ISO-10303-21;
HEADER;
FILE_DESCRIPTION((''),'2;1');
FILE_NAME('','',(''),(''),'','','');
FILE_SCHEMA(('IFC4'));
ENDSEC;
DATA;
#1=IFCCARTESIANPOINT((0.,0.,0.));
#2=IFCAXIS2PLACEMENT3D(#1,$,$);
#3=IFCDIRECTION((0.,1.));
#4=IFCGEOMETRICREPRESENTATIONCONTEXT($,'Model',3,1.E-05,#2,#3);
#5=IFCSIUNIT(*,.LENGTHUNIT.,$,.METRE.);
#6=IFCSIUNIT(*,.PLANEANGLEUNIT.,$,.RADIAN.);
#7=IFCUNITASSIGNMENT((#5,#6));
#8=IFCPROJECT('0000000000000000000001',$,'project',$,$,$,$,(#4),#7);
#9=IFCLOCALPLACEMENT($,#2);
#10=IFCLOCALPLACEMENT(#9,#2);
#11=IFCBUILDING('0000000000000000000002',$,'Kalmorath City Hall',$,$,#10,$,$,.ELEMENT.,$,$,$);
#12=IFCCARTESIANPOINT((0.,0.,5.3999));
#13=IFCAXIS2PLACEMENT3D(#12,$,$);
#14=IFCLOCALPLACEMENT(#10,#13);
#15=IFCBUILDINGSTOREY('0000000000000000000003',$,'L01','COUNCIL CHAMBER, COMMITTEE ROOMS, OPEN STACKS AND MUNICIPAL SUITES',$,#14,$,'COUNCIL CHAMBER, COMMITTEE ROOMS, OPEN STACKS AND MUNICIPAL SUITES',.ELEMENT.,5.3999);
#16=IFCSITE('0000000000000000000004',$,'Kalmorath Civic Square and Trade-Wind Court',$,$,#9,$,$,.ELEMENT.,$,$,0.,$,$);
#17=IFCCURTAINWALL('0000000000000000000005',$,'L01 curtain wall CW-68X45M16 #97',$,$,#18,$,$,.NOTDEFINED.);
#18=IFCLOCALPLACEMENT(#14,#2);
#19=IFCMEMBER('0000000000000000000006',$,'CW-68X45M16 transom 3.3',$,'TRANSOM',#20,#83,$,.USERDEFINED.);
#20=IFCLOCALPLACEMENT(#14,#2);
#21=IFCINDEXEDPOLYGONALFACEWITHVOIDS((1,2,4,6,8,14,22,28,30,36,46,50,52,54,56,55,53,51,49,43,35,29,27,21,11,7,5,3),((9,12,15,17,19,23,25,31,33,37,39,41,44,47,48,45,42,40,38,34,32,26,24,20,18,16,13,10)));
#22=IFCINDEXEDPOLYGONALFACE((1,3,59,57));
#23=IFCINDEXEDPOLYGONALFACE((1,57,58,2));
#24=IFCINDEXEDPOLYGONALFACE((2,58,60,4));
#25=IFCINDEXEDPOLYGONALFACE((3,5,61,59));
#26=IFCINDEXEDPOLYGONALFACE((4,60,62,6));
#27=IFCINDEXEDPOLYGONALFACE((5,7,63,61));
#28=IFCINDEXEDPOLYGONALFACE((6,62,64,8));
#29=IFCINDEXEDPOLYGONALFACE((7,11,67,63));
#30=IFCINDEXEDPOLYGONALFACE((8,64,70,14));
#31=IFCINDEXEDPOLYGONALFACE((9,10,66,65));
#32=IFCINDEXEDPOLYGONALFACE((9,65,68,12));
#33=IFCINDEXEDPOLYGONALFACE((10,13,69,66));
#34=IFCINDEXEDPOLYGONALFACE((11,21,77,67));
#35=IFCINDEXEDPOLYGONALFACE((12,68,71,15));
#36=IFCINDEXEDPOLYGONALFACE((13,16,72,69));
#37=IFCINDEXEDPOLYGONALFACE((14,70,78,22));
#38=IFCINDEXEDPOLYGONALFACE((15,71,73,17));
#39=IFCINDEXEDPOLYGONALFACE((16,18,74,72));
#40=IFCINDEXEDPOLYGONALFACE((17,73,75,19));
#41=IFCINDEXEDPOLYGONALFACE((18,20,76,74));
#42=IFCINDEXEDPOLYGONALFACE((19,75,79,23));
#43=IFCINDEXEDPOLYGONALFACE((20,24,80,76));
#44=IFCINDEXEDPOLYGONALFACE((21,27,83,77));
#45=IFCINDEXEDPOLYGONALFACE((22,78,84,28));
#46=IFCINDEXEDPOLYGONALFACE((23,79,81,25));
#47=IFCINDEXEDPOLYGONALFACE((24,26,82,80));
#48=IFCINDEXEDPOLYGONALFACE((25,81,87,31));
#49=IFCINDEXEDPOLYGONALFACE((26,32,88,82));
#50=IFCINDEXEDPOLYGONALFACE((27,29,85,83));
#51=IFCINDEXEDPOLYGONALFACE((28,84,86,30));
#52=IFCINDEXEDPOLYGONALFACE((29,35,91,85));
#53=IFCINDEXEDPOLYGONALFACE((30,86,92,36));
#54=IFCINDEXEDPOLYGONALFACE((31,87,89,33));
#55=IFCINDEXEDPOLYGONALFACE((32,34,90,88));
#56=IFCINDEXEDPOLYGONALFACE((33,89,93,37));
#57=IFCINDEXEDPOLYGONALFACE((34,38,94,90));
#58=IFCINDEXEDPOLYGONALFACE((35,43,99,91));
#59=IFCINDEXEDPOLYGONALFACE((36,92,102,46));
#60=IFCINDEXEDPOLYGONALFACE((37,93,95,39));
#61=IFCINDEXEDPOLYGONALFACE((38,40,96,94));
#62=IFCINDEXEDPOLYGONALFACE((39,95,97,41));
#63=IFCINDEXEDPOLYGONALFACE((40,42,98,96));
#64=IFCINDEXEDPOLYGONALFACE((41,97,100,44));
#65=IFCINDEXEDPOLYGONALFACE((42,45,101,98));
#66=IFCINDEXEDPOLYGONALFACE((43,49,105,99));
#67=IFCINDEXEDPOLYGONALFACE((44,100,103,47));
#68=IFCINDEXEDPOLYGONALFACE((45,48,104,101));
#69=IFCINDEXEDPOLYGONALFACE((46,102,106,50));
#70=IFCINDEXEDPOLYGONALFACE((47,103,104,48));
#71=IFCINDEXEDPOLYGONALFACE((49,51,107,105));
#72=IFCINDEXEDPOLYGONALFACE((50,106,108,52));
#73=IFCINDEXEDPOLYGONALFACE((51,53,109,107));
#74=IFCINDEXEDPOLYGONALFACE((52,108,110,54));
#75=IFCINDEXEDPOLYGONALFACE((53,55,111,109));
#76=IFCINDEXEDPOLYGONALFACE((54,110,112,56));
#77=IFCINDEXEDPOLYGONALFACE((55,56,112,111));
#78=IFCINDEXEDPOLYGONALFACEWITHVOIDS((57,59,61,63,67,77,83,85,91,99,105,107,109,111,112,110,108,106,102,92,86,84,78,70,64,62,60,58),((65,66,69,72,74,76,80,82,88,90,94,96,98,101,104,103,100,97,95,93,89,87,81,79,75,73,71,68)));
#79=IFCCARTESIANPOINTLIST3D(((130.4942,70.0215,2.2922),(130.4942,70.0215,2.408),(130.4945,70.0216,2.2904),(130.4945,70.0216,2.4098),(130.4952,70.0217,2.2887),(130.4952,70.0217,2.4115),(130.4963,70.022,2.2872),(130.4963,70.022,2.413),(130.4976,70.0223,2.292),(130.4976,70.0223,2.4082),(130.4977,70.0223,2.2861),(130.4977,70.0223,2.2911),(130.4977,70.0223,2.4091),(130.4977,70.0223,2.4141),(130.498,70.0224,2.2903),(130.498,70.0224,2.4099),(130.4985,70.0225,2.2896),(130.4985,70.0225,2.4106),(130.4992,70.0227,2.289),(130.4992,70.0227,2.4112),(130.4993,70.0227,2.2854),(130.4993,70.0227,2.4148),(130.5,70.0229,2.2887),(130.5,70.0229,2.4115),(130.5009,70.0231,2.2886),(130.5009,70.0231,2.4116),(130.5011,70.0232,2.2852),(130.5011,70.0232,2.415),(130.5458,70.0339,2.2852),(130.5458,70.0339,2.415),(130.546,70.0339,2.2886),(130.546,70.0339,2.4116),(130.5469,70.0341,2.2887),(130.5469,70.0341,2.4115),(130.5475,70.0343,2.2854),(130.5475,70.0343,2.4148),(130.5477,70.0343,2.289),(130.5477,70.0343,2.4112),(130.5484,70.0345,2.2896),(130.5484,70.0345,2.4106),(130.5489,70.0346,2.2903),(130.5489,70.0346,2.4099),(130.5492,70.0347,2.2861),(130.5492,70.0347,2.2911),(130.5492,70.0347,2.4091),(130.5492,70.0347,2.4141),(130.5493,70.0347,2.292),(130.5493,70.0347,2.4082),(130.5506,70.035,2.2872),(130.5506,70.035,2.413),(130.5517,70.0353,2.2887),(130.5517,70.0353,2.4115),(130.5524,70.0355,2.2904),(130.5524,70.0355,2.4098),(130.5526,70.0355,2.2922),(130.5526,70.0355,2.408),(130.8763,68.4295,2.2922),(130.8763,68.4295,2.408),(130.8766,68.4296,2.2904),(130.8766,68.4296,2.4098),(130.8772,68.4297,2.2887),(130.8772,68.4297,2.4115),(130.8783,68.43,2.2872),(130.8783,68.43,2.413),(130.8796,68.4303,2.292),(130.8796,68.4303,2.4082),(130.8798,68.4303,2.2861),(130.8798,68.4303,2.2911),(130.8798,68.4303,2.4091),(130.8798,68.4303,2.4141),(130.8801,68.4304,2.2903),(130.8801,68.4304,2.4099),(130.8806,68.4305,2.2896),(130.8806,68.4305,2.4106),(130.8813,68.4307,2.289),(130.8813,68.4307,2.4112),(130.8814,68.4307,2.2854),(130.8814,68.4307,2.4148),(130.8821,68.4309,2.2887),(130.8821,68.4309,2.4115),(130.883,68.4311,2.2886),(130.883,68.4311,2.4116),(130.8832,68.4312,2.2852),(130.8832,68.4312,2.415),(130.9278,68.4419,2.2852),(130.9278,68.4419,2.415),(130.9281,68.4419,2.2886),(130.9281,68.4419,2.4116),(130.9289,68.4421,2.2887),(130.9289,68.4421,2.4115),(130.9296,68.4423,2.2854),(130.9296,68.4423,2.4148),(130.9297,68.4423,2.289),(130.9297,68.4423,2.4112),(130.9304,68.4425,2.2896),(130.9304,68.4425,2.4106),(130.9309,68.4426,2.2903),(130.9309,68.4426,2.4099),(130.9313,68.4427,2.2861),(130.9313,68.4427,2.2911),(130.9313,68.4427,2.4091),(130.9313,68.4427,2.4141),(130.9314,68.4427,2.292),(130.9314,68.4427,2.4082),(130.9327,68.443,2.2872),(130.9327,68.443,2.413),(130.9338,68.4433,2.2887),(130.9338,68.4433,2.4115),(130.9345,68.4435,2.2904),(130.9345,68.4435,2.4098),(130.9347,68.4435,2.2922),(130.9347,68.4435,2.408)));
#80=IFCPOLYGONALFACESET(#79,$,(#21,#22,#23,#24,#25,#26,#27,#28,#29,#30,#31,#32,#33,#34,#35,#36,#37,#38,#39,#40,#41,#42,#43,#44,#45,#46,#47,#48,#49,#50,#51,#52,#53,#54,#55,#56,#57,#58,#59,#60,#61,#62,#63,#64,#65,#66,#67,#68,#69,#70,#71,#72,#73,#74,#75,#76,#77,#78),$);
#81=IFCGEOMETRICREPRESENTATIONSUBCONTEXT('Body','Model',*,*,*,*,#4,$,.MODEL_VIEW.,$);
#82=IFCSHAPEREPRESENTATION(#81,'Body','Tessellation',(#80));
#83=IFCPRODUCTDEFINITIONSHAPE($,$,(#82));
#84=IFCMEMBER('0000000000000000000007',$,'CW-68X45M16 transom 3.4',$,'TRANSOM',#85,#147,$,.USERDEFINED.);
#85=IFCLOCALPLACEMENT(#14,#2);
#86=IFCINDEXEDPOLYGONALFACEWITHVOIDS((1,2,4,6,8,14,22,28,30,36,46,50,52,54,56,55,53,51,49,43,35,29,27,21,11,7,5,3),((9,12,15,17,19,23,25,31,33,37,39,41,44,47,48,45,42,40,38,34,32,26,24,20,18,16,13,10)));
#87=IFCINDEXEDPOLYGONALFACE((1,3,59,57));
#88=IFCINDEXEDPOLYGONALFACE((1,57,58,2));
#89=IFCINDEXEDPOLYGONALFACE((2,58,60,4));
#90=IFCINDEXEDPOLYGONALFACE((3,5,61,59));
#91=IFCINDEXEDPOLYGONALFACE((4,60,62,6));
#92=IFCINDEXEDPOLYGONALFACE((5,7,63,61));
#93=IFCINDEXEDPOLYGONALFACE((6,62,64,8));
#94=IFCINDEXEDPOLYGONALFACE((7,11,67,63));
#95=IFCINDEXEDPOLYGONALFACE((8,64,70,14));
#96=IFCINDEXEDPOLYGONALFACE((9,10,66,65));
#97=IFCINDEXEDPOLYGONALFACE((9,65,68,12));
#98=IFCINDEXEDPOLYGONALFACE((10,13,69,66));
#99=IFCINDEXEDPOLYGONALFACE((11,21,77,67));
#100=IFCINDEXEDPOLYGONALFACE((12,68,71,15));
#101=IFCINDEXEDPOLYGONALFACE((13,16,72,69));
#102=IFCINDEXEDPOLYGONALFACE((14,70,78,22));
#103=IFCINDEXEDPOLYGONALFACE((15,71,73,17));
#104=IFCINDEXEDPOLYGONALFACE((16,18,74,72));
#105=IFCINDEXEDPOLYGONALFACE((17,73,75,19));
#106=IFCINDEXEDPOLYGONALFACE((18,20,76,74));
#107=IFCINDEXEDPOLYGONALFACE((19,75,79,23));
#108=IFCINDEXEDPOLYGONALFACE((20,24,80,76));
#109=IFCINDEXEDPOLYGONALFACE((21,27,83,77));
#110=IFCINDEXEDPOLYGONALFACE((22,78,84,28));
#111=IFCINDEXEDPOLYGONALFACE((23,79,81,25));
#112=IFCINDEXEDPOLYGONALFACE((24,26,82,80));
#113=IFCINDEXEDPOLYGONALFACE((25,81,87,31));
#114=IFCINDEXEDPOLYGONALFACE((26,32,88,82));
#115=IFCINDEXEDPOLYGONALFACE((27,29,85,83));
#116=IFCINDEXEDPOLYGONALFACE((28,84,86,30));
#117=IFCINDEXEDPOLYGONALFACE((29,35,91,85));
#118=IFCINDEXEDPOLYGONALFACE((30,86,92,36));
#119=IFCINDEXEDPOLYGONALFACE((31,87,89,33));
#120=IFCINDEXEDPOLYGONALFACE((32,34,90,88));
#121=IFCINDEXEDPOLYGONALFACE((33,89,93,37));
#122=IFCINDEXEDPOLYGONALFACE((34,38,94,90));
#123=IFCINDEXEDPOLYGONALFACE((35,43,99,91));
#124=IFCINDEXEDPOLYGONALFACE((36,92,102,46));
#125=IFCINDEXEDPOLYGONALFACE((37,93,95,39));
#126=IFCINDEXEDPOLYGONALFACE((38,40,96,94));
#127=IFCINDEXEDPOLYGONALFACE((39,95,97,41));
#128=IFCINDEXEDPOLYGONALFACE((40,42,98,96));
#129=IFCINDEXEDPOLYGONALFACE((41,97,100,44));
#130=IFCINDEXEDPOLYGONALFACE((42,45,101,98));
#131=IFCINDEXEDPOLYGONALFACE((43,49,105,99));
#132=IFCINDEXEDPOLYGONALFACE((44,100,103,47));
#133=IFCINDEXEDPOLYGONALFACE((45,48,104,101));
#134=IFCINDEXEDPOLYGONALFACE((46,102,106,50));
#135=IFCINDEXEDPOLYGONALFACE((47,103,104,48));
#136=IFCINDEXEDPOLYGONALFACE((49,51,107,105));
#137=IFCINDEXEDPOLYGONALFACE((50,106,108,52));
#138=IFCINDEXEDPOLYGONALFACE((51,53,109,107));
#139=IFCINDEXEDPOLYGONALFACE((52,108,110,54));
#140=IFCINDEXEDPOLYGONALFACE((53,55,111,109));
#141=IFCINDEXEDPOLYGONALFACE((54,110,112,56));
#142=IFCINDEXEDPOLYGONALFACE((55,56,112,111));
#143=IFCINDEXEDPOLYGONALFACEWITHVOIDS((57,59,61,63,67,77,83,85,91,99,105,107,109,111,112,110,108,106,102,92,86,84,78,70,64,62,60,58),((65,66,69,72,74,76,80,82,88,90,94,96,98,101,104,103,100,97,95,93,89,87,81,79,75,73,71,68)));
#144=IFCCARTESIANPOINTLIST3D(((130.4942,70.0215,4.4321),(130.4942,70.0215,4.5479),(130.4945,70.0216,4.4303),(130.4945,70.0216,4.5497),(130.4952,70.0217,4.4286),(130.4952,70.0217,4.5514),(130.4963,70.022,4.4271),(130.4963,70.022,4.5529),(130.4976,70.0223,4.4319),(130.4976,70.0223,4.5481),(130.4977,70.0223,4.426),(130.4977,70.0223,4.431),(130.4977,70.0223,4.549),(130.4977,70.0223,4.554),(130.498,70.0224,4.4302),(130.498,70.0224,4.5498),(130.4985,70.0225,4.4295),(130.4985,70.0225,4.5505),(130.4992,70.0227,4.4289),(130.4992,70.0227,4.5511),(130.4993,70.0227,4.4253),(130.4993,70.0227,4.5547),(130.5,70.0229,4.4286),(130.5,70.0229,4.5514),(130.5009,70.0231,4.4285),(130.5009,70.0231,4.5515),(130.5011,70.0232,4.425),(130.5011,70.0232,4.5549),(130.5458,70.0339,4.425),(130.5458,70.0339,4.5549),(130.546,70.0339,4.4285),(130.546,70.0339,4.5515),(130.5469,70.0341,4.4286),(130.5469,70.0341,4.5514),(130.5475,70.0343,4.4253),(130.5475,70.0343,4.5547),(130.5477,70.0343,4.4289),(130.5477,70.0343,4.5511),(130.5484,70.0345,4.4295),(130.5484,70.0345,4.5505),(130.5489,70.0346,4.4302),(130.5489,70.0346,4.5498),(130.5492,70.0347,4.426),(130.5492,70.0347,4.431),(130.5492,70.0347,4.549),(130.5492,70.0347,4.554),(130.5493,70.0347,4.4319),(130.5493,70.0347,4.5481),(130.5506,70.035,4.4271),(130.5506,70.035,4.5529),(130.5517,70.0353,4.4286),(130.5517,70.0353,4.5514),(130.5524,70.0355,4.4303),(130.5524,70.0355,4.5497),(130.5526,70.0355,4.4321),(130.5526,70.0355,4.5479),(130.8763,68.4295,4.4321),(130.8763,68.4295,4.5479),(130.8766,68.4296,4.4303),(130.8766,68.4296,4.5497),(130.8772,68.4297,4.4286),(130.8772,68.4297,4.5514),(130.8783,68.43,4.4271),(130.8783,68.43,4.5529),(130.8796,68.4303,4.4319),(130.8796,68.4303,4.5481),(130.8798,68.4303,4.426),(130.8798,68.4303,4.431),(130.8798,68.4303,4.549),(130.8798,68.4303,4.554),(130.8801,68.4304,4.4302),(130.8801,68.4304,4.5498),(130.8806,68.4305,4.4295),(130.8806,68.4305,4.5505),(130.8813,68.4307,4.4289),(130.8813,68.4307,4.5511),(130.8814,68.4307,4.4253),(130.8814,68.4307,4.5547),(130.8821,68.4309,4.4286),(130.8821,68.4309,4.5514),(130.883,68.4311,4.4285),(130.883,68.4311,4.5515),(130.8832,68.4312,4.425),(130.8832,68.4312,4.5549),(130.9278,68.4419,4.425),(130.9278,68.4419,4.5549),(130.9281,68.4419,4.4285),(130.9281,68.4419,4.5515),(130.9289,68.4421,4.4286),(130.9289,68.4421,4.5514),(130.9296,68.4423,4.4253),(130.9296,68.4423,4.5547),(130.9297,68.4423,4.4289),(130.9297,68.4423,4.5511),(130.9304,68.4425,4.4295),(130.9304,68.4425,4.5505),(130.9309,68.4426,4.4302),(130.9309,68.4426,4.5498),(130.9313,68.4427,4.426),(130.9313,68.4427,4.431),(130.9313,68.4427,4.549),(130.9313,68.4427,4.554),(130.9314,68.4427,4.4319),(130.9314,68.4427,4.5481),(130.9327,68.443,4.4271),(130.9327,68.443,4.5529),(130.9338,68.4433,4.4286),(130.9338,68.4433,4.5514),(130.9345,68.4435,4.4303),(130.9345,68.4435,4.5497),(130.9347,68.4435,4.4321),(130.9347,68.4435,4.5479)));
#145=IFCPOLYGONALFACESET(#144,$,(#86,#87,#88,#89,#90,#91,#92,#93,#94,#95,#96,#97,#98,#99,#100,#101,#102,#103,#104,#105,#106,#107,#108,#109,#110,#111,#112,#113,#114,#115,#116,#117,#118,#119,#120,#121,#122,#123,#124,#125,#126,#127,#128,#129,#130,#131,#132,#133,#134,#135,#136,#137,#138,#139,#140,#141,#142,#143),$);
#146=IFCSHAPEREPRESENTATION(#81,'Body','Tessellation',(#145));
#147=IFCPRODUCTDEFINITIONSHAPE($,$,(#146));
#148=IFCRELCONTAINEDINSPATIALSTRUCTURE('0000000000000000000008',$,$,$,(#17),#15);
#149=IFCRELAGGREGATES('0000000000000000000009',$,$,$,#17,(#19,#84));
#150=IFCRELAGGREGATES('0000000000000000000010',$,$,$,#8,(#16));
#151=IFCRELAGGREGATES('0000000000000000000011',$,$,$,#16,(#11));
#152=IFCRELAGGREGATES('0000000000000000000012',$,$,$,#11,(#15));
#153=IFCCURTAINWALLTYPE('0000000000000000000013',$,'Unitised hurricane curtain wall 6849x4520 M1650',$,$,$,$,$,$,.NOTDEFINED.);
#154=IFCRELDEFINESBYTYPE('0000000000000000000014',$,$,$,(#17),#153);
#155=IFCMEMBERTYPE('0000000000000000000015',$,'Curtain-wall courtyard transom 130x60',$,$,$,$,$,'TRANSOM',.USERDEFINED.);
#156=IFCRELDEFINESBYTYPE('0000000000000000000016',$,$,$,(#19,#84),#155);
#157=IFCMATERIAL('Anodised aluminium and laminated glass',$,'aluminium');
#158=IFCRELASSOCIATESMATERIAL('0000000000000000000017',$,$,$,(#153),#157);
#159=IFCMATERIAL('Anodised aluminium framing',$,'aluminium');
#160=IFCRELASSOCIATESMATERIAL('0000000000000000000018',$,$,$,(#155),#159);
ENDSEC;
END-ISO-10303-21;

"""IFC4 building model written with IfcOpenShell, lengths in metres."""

from ifc_helpers import new_model, si_unit, direction, frame, origin, origin_2d, place, context, subcontext, project, spatial, hollow_rectangle, extrude, material, material_profile, profile_set, type_object, element, aggregate, save


model = new_model("IFC4")

# Units and contexts
model_context = context("Model", 3, precision=1e-05, world=origin(), true_north=direction((0.0, 1.0)))
body_context = subcontext(model_context, "Body", "Model", "MODEL_VIEW")
ifc_project = project(units=[si_unit("LENGTHUNIT", "METRE"), si_unit("PLANEANGLEUNIT", "RADIAN")], contexts=[model_context])

# Site, building, storey
site_placement = place(None, origin())
site = spatial("IfcSite", under=ifc_project, at=site_placement, Name="Kalmorath Civic Square and Trade-Wind Court", CompositionType="ELEMENT", RefElevation=0.0)
building_placement = place(site_placement, origin())
building = spatial("IfcBuilding", under=site, at=building_placement, Name="Kalmorath City Hall", CompositionType="ELEMENT")
storey_placement = place(building_placement, frame((0.0, 0.0, 5.3999)))
storey = spatial("IfcBuildingStorey", under=building, at=storey_placement, Name="L01", Description="COUNCIL CHAMBER, COMMITTEE ROOMS, OPEN STACKS AND MUNICIPAL SUITES", LongName="COUNCIL CHAMBER, COMMITTEE ROOMS, OPEN STACKS AND MUNICIPAL SUITES", CompositionType="ELEMENT", Elevation=5.3999)

# Curtain wall, members
ifc_material_1 = material(Name="Anodised aluminium and laminated glass", Category="aluminium")
curtain_wall_type = type_object("IfcCurtainWallType", Name="Unitised hurricane curtain wall 6849x4520 M1650", PredefinedType="NOTDEFINED", material=ifc_material_1)
curtain_wall_1_placement = place(storey_placement, origin())
curtain_wall_1 = element("IfcCurtainWall", 1, at=curtain_wall_1_placement, inside=storey, type_object=curtain_wall_type, Name="L01 curtain wall CW-68X45M16 #97", PredefinedType="NOTDEFINED")
ifc_material_2 = material(Name="Anodised aluminium framing", Category="aluminium")
ifc_material_profile_1 = material_profile(ifc_material_2, hollow_rectangle(XDim=0.0601, YDim=0.1299, WallThickness=0.0034, InnerFilletRadius=0.0034, OuterFilletRadius=0.0071, at=origin_2d()), Name="ALU-TRN-130X60X3.5")
ifc_profile_set_1 = profile_set([ifc_material_profile_1], Name="Anodised aluminium framing")
member_type_1 = type_object("IfcMemberType", Name="Curtain-wall courtyard transom 130x60", ElementType="TRANSOM", PredefinedType="USERDEFINED", material=ifc_profile_set_1)
member_1_placement = place(storey_placement, frame((130.9055, 68.4365, 2.3501), z_axis=(-0.233367, 0.972389, 0.0), x_axis=(-0.972389, -0.233367, 0.0)))
member_1 = element("IfcMember", 2, at=member_1_placement, type_object=member_type_1, Name="CW-68X45M16 transom 3.3", ObjectType="TRANSOM", PredefinedType="USERDEFINED", context=body_context, shape_type="SweptSolid", body=[
    extrude(hollow_rectangle(XDim=0.0601, YDim=0.1299, WallThickness=0.0034, InnerFilletRadius=0.0034, OuterFilletRadius=0.0071, at=origin_2d()), origin(), (0.0, 0.0, 1.0), 1.6372),
])
member_2_placement = place(storey_placement, frame((130.9055, 68.4365, 4.49), z_axis=(-0.233367, 0.972389, 0.0), x_axis=(-0.972389, -0.233367, 0.0)))
member_2 = element("IfcMember", 3, at=member_2_placement, type_object=member_type_1, Name="CW-68X45M16 transom 3.4", ObjectType="TRANSOM", PredefinedType="USERDEFINED", context=body_context, shape_type="SweptSolid", body=[
    extrude(hollow_rectangle(XDim=0.0601, YDim=0.1299, WallThickness=0.0034, InnerFilletRadius=0.0034, OuterFilletRadius=0.0071, at=origin_2d()), origin(), (0.0, 0.0, 1.0), 1.6372),
])

aggregate(curtain_wall_1, [member_1, member_2])

save(model, "model.ifc")
